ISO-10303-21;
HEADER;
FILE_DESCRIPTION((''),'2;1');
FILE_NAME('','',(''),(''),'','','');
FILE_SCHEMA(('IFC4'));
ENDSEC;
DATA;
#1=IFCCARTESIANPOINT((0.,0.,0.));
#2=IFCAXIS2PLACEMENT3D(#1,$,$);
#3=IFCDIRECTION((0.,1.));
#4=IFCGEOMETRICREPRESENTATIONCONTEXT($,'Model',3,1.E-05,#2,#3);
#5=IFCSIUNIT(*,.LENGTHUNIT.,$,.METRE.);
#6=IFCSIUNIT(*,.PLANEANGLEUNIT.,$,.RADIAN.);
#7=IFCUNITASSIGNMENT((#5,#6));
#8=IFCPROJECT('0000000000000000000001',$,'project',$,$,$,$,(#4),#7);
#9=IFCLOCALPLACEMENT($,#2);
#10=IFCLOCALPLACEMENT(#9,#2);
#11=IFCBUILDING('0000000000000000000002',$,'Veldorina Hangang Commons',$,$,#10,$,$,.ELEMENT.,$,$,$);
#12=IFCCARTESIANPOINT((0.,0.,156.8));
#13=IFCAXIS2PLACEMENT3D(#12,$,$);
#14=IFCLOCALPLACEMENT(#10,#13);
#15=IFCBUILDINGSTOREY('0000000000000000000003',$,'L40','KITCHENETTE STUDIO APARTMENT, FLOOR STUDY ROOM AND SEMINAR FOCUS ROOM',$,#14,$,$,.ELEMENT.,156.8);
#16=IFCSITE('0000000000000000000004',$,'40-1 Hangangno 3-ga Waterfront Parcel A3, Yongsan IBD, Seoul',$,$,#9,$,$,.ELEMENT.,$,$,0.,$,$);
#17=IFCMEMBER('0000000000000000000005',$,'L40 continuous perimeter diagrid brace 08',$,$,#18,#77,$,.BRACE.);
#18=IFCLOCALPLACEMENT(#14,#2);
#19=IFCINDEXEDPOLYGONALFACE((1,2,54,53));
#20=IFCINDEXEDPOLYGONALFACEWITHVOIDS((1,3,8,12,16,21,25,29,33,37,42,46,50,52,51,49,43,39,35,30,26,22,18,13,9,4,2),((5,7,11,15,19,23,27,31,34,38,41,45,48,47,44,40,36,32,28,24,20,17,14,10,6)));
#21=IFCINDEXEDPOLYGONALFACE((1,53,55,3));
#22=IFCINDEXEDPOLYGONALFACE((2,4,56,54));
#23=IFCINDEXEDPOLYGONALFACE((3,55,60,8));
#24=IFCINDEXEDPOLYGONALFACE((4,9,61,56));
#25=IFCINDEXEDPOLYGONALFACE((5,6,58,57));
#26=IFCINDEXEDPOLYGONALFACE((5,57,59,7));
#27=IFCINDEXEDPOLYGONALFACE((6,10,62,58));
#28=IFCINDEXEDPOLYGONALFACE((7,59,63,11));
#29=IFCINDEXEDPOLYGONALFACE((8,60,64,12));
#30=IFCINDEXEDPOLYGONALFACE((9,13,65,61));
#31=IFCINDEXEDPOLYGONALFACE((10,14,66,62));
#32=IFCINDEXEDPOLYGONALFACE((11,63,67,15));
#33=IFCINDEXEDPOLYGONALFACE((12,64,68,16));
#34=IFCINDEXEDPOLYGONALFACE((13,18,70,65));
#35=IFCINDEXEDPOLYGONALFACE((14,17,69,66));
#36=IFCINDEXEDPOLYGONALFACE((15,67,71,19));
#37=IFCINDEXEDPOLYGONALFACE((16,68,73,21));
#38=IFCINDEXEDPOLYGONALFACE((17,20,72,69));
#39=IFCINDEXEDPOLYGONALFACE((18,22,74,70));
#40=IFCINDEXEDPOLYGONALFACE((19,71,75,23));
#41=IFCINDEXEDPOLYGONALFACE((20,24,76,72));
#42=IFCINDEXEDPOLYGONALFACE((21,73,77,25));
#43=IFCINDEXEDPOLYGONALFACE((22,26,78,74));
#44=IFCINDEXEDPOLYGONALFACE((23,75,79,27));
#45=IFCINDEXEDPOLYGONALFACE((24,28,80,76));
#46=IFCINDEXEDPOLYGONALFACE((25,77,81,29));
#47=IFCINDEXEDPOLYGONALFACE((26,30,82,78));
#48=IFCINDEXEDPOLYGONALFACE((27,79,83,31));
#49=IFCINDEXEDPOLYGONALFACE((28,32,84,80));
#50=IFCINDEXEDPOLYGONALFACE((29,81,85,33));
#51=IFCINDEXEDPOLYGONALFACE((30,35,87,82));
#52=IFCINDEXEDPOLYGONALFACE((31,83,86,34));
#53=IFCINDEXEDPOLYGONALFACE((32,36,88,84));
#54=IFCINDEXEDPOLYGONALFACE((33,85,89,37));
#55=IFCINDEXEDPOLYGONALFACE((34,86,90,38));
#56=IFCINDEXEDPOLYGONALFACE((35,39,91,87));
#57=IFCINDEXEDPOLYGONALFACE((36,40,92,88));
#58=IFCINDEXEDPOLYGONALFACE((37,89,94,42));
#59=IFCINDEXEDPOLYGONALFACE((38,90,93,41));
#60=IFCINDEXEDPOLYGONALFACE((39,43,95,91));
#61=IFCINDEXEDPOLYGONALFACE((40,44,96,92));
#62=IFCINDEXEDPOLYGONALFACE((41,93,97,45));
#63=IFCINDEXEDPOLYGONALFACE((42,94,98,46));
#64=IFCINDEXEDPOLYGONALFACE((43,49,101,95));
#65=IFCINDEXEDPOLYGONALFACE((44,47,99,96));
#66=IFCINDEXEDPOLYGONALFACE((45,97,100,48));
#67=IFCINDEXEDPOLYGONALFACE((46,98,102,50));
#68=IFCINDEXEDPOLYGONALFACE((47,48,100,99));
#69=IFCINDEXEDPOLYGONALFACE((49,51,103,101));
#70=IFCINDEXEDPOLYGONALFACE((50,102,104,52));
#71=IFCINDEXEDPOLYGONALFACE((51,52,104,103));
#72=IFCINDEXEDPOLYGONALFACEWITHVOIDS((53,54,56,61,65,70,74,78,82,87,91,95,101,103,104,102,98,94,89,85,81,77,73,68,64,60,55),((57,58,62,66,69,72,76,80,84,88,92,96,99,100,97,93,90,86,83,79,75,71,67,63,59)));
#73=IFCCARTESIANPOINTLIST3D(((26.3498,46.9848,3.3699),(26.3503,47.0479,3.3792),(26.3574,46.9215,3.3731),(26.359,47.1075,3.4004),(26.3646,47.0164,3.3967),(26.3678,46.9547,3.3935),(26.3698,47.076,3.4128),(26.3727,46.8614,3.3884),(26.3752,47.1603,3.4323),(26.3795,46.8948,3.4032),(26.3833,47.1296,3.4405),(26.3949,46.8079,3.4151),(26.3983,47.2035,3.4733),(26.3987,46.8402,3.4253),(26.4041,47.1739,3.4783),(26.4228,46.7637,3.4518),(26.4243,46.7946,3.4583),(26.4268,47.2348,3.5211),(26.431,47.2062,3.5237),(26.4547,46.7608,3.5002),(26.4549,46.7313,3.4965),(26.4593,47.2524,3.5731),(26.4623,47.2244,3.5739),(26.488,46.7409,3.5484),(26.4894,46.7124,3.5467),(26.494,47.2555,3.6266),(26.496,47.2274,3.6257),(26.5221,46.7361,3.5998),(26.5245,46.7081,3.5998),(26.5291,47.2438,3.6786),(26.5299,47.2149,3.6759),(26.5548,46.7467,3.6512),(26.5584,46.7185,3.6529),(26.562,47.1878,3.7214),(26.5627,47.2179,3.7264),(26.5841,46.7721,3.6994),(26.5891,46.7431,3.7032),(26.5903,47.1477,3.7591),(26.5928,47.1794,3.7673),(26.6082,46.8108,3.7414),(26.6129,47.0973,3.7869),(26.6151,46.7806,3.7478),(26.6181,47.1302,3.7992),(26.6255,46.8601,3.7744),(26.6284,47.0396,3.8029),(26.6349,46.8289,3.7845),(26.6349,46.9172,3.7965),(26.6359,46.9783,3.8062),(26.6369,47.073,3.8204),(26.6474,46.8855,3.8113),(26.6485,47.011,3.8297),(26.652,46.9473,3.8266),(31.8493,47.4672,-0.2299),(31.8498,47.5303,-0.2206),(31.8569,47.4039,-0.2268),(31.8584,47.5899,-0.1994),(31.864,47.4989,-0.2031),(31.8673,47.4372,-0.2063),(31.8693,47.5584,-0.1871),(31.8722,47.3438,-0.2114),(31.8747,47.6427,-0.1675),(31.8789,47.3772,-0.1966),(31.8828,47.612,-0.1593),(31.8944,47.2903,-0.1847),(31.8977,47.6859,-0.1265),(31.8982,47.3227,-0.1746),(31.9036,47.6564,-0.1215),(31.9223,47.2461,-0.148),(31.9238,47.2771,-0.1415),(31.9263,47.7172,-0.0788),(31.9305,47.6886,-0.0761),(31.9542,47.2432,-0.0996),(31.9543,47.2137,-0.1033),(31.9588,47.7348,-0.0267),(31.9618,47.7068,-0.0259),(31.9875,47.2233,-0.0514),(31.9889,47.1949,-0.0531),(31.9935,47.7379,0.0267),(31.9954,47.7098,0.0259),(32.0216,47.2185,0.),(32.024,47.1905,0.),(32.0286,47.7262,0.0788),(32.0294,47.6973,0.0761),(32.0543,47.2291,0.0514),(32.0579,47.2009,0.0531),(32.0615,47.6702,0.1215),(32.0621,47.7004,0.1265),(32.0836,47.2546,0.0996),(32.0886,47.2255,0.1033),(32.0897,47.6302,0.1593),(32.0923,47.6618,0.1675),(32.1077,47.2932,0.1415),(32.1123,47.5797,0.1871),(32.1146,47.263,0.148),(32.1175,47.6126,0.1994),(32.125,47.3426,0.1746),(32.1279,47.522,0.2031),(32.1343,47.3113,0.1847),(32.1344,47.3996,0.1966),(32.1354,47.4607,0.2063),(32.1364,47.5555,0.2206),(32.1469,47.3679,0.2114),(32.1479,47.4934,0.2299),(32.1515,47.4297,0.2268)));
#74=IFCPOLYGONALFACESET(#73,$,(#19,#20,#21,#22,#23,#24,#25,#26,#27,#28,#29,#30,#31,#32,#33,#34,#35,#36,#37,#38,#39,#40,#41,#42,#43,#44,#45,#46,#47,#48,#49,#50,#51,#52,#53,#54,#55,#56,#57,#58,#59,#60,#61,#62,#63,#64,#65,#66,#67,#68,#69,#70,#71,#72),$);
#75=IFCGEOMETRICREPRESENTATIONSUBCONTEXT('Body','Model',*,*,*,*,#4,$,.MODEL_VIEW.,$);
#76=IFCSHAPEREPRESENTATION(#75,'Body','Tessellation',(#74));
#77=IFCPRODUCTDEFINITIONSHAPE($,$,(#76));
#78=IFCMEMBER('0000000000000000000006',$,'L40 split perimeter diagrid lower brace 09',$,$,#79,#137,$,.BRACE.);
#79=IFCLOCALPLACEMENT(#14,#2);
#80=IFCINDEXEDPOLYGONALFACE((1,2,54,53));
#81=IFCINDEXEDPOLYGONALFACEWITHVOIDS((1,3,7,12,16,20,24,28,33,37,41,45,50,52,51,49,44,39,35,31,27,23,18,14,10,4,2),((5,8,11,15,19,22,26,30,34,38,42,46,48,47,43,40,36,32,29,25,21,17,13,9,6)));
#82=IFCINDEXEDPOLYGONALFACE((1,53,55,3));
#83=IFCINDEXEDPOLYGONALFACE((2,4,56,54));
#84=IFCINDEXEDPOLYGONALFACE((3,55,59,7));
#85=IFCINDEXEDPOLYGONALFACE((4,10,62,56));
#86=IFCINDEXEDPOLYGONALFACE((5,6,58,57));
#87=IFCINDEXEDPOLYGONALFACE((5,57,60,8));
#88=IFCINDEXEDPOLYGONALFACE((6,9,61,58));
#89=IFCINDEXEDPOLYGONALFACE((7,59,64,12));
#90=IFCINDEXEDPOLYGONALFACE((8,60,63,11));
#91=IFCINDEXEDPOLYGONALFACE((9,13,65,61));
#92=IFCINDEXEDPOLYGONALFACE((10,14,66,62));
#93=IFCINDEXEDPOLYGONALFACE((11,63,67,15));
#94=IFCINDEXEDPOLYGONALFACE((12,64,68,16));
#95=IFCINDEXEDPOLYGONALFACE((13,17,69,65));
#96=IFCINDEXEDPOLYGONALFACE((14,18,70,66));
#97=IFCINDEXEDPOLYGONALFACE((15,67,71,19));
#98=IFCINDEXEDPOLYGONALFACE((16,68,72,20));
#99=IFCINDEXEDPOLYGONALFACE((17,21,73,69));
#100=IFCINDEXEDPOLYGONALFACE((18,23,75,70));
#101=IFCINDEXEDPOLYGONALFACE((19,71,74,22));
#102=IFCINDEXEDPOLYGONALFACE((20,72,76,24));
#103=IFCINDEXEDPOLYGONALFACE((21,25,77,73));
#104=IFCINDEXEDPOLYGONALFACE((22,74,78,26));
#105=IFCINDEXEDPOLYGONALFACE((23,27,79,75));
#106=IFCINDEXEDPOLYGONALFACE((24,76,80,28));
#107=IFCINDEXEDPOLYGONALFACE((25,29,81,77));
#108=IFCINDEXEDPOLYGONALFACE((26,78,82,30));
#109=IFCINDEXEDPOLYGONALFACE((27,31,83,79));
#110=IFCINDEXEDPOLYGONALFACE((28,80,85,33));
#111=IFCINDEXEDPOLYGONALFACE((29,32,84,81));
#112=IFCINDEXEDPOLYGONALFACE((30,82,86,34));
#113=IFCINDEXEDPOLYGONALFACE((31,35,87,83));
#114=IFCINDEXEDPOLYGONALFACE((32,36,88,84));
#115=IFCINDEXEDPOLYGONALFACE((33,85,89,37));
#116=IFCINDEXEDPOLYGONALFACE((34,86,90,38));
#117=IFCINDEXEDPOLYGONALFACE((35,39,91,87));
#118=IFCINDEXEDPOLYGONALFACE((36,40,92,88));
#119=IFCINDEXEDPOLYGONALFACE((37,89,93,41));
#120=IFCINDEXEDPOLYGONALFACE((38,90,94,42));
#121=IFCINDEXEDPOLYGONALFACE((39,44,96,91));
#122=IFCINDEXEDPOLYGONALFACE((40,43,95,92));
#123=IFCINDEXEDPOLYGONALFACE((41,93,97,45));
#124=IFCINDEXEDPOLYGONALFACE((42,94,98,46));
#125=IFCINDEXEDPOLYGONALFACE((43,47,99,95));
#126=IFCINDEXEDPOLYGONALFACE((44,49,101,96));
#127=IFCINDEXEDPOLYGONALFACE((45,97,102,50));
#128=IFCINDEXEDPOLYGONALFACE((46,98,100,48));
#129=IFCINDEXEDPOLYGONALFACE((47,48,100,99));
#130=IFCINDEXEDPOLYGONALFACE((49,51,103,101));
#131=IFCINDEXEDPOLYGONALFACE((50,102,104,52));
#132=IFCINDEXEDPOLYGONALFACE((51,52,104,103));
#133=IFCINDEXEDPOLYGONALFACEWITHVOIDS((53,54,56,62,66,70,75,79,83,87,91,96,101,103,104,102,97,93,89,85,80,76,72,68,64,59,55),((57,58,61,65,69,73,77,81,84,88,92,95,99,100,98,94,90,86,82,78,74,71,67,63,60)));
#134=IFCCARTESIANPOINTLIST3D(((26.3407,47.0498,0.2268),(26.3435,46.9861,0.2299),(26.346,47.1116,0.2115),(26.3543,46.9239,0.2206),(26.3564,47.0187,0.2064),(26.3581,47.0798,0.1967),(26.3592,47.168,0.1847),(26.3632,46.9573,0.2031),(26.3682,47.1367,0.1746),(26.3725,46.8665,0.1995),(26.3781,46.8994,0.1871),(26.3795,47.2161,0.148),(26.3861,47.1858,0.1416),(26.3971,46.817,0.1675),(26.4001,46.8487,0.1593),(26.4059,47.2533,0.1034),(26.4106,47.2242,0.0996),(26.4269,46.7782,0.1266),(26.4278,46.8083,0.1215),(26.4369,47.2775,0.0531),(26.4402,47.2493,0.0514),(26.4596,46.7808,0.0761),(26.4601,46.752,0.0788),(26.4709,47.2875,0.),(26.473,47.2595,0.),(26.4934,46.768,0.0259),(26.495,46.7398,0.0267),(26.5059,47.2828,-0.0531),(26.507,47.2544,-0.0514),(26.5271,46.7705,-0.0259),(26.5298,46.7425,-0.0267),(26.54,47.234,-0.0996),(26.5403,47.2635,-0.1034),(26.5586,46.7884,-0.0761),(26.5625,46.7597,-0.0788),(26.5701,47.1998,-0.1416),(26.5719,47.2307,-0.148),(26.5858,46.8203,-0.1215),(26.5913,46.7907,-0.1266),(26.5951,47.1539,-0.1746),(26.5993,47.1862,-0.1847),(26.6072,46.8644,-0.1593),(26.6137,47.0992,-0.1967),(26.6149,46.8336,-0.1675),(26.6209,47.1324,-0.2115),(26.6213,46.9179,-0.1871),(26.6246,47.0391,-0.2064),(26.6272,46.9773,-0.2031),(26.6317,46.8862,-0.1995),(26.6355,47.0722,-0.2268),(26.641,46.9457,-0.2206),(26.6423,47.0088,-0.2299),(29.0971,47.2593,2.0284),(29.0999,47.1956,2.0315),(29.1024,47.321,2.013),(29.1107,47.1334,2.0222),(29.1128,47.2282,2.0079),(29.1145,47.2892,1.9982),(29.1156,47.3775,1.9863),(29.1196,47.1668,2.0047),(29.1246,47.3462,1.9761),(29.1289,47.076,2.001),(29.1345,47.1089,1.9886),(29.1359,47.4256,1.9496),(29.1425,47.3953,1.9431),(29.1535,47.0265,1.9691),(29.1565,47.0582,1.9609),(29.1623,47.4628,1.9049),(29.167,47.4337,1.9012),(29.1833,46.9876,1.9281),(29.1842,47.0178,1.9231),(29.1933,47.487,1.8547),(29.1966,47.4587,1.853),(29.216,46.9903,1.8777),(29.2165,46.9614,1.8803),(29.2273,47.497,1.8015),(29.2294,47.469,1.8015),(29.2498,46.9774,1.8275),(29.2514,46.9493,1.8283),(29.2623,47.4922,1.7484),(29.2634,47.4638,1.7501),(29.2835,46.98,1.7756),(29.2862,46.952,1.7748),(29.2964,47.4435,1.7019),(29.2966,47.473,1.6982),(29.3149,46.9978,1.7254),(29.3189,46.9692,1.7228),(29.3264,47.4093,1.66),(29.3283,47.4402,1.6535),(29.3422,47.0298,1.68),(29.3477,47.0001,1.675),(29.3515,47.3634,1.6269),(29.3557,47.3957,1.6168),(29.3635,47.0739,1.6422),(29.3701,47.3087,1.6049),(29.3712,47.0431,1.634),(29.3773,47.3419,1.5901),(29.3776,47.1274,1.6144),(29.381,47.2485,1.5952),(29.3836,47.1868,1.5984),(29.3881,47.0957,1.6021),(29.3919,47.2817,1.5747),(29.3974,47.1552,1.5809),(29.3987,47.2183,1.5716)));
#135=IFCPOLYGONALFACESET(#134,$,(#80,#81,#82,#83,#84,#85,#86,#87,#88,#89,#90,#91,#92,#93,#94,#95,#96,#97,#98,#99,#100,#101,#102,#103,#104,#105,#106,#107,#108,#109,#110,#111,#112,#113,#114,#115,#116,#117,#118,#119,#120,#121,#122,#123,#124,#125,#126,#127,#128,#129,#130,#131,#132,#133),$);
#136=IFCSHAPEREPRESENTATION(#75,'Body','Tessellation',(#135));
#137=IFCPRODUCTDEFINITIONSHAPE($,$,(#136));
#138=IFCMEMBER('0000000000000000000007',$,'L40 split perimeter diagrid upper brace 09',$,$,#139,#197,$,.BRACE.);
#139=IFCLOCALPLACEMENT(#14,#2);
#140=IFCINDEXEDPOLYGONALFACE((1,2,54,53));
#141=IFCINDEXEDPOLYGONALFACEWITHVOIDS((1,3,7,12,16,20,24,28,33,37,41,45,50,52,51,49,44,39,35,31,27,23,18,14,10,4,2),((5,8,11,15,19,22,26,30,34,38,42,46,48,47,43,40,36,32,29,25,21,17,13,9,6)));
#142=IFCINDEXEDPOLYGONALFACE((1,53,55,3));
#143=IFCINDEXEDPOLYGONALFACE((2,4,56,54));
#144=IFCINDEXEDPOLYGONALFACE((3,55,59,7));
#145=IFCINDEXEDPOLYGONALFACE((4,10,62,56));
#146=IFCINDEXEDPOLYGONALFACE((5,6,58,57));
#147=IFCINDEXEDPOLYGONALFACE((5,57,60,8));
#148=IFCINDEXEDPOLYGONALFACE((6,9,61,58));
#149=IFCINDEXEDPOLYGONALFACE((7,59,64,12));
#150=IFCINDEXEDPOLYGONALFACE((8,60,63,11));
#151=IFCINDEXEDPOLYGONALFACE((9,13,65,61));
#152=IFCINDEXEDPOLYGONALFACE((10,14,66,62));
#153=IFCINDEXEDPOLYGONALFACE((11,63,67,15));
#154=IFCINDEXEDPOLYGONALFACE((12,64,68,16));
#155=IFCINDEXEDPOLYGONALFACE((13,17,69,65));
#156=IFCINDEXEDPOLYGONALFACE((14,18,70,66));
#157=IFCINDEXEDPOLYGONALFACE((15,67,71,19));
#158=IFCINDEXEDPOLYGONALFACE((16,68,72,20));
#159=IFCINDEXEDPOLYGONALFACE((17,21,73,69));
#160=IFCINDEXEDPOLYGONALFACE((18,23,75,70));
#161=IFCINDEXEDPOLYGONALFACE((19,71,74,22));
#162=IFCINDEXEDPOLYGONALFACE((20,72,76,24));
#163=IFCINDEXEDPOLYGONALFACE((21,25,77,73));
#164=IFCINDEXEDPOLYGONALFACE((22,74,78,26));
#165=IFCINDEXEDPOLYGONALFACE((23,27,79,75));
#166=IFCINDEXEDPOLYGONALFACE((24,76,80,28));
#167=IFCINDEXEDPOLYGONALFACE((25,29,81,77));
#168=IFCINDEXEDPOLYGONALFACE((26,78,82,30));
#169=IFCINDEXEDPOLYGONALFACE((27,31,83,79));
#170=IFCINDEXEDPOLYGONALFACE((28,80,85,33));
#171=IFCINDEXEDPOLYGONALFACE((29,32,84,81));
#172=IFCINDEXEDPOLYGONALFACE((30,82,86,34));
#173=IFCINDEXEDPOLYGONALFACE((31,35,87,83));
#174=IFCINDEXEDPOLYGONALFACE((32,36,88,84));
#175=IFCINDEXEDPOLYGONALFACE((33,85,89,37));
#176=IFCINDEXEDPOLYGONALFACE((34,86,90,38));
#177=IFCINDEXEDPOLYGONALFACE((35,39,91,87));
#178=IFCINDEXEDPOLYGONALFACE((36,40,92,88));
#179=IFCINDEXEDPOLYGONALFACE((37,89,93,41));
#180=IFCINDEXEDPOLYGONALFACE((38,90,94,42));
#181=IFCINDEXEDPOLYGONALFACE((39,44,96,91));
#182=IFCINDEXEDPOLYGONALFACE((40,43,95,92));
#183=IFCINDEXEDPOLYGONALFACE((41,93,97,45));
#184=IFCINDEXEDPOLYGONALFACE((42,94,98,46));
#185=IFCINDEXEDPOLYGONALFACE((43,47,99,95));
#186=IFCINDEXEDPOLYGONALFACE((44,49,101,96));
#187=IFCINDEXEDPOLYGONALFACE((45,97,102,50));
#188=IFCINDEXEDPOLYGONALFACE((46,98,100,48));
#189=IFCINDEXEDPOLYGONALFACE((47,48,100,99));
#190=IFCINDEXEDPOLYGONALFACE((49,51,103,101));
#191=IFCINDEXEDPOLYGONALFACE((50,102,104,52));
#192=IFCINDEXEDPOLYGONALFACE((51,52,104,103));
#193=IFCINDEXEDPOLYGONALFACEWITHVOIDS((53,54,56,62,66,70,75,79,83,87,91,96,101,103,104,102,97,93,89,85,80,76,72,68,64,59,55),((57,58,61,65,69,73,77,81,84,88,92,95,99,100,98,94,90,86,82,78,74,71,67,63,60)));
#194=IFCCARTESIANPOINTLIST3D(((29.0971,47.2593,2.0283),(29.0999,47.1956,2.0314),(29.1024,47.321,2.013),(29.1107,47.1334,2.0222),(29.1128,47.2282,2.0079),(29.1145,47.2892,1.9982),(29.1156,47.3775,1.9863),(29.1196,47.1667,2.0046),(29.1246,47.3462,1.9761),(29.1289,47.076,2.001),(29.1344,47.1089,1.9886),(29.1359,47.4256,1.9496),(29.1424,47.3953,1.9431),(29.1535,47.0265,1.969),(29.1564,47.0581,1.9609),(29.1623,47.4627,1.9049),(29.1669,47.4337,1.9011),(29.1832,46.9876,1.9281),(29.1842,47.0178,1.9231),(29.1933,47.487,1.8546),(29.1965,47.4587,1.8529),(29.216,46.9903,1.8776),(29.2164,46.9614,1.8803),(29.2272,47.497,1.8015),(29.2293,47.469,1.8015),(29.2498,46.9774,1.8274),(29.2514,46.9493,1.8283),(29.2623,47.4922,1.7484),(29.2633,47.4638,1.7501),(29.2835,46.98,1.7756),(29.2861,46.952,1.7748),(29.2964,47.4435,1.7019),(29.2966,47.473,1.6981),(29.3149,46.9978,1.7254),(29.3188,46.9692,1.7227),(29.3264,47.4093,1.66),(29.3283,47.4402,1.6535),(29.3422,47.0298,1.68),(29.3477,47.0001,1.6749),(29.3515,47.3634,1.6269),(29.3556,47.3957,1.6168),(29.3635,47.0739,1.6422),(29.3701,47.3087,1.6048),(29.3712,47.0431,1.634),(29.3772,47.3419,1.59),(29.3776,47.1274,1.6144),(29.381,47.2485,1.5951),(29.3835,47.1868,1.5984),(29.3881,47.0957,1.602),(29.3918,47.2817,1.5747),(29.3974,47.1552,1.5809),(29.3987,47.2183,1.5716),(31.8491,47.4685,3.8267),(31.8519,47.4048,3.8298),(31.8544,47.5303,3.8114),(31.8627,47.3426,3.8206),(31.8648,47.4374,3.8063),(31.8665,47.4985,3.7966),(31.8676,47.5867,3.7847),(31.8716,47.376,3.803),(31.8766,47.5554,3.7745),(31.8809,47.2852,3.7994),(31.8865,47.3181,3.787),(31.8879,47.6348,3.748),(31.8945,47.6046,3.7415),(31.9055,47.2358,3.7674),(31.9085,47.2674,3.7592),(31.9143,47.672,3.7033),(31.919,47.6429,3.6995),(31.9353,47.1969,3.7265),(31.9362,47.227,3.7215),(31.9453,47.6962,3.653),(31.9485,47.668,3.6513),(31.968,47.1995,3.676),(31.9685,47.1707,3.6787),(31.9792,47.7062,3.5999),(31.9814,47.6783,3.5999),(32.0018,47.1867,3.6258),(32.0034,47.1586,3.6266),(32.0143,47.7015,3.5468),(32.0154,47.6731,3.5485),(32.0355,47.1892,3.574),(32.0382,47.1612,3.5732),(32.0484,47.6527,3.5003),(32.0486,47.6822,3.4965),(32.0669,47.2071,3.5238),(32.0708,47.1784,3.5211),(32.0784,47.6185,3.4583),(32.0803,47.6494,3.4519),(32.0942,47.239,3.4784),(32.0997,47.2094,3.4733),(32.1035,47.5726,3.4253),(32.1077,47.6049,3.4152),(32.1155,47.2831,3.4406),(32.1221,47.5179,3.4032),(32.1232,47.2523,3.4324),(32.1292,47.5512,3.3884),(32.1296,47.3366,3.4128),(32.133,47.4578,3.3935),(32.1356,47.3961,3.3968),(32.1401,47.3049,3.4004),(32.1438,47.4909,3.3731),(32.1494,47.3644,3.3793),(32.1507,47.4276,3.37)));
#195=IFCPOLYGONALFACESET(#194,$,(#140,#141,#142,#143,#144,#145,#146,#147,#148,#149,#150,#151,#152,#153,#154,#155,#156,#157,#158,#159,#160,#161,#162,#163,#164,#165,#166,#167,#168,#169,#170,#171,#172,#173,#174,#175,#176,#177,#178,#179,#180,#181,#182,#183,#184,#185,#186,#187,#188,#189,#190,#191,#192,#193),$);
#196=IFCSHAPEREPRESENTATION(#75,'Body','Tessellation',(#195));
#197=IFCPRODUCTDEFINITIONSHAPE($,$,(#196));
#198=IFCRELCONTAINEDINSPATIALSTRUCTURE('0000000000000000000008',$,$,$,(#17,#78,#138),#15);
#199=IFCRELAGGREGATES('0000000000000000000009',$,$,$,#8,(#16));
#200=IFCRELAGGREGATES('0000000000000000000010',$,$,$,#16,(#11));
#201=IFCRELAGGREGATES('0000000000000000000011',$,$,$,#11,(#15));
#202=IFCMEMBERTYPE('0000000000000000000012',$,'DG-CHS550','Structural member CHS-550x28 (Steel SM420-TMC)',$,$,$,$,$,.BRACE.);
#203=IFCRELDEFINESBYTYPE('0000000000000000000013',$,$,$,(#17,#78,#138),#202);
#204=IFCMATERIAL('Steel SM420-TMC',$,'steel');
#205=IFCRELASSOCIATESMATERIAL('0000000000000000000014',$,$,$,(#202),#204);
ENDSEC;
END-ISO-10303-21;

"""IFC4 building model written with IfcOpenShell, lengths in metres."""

from ifc_helpers import new_model, si_unit, direction, frame, origin, origin_2d, place, context, subcontext, project, spatial, hollow_circle, extrude, material, material_profile, profile_set, type_object, element, save


model = new_model("IFC4")

# Units and contexts
model_context = context("Model", 3, precision=1e-05, world=origin(), true_north=direction((0.0, 1.0)))
body_context = subcontext(model_context, "Body", "Model", "MODEL_VIEW")
ifc_project = project(units=[si_unit("LENGTHUNIT", "METRE"), si_unit("PLANEANGLEUNIT", "RADIAN")], contexts=[model_context])

# Site, building, storey
site_placement = place(None, origin())
site = spatial("IfcSite", under=ifc_project, at=site_placement, Name="40-1 Hangangno 3-ga Waterfront Parcel A3, Yongsan IBD, Seoul", CompositionType="ELEMENT", RefElevation=0.0)
building_placement = place(site_placement, origin())
building = spatial("IfcBuilding", under=site, at=building_placement, Name="Veldorina Hangang Commons", CompositionType="ELEMENT")
storey_placement = place(building_placement, frame((0.0, 0.0, 156.8)))
storey = spatial("IfcBuildingStorey", under=building, at=storey_placement, Name="L40", Description="KITCHENETTE STUDIO APARTMENT, FLOOR STUDY ROOM AND SEMINAR FOCUS ROOM", CompositionType="ELEMENT", Elevation=156.8)

# Shared definitions
ifc_material_1 = material(Name="Steel SM420-TMC", Category="steel")

# Members
ifc_material_profile_1 = material_profile(ifc_material_1, hollow_circle(Radius=0.2749, WallThickness=0.0281, at=origin_2d()), Name="CHS-550x28")
ifc_profile_set_1 = profile_set([ifc_material_profile_1], Name="Steel SM420-TMC")
member_type = type_object("IfcMemberType", Name="DG-CHS550", Description="Structural member CHS-550x28 (Steel SM420-TMC)", PredefinedType="BRACE", material=ifc_profile_set_1)
member_1_placement = place(storey_placement, frame((32.0, 47.4644, 0.0), z_axis=(-0.834445, -0.073198, 0.546208), x_axis=(0.087385, -0.996175, 0.0)))
element("IfcMember", 1, at=member_1_placement, inside=storey, type_object=member_type, Name="L40 continuous perimeter diagrid brace 08", PredefinedType="BRACE", context=body_context, shape_type="SweptSolid", body=[
    extrude(hollow_circle(Radius=0.2749, WallThickness=0.0281, at=origin_2d()), origin(), (0.0, 0.0, 1.0), 6.5906),
])
member_2_placement = place(storey_placement, frame((26.4917, 47.0134, 0.0), z_axis=(0.83538, 0.063486, 0.545994), x_axis=(-0.075778, 0.997125, 0.0)))
element("IfcMember", 2, at=member_2_placement, inside=storey, type_object=member_type, Name="L40 split perimeter diagrid lower brace 09", PredefinedType="BRACE", context=body_context, shape_type="SweptSolid", body=[
    extrude(hollow_circle(Radius=0.2749, WallThickness=0.0281, at=origin_2d()), origin(), (0.0, 0.0, 1.0), 3.2996),
])
member_3_placement = place(storey_placement, frame((29.248, 47.2229, 1.8015), z_axis=(0.835421, 0.063516, 0.545929), x_axis=(-0.07581, 0.997122, 0.0)))
element("IfcMember", 3, at=member_3_placement, inside=storey, type_object=member_type, Name="L40 split perimeter diagrid upper brace 09", PredefinedType="BRACE", context=body_context, shape_type="SweptSolid", body=[
    extrude(hollow_circle(Radius=0.2749, WallThickness=0.0281, at=origin_2d()), origin(), (0.0, 0.0, 1.0), 3.2942),
])

save(model, "model.ifc")
